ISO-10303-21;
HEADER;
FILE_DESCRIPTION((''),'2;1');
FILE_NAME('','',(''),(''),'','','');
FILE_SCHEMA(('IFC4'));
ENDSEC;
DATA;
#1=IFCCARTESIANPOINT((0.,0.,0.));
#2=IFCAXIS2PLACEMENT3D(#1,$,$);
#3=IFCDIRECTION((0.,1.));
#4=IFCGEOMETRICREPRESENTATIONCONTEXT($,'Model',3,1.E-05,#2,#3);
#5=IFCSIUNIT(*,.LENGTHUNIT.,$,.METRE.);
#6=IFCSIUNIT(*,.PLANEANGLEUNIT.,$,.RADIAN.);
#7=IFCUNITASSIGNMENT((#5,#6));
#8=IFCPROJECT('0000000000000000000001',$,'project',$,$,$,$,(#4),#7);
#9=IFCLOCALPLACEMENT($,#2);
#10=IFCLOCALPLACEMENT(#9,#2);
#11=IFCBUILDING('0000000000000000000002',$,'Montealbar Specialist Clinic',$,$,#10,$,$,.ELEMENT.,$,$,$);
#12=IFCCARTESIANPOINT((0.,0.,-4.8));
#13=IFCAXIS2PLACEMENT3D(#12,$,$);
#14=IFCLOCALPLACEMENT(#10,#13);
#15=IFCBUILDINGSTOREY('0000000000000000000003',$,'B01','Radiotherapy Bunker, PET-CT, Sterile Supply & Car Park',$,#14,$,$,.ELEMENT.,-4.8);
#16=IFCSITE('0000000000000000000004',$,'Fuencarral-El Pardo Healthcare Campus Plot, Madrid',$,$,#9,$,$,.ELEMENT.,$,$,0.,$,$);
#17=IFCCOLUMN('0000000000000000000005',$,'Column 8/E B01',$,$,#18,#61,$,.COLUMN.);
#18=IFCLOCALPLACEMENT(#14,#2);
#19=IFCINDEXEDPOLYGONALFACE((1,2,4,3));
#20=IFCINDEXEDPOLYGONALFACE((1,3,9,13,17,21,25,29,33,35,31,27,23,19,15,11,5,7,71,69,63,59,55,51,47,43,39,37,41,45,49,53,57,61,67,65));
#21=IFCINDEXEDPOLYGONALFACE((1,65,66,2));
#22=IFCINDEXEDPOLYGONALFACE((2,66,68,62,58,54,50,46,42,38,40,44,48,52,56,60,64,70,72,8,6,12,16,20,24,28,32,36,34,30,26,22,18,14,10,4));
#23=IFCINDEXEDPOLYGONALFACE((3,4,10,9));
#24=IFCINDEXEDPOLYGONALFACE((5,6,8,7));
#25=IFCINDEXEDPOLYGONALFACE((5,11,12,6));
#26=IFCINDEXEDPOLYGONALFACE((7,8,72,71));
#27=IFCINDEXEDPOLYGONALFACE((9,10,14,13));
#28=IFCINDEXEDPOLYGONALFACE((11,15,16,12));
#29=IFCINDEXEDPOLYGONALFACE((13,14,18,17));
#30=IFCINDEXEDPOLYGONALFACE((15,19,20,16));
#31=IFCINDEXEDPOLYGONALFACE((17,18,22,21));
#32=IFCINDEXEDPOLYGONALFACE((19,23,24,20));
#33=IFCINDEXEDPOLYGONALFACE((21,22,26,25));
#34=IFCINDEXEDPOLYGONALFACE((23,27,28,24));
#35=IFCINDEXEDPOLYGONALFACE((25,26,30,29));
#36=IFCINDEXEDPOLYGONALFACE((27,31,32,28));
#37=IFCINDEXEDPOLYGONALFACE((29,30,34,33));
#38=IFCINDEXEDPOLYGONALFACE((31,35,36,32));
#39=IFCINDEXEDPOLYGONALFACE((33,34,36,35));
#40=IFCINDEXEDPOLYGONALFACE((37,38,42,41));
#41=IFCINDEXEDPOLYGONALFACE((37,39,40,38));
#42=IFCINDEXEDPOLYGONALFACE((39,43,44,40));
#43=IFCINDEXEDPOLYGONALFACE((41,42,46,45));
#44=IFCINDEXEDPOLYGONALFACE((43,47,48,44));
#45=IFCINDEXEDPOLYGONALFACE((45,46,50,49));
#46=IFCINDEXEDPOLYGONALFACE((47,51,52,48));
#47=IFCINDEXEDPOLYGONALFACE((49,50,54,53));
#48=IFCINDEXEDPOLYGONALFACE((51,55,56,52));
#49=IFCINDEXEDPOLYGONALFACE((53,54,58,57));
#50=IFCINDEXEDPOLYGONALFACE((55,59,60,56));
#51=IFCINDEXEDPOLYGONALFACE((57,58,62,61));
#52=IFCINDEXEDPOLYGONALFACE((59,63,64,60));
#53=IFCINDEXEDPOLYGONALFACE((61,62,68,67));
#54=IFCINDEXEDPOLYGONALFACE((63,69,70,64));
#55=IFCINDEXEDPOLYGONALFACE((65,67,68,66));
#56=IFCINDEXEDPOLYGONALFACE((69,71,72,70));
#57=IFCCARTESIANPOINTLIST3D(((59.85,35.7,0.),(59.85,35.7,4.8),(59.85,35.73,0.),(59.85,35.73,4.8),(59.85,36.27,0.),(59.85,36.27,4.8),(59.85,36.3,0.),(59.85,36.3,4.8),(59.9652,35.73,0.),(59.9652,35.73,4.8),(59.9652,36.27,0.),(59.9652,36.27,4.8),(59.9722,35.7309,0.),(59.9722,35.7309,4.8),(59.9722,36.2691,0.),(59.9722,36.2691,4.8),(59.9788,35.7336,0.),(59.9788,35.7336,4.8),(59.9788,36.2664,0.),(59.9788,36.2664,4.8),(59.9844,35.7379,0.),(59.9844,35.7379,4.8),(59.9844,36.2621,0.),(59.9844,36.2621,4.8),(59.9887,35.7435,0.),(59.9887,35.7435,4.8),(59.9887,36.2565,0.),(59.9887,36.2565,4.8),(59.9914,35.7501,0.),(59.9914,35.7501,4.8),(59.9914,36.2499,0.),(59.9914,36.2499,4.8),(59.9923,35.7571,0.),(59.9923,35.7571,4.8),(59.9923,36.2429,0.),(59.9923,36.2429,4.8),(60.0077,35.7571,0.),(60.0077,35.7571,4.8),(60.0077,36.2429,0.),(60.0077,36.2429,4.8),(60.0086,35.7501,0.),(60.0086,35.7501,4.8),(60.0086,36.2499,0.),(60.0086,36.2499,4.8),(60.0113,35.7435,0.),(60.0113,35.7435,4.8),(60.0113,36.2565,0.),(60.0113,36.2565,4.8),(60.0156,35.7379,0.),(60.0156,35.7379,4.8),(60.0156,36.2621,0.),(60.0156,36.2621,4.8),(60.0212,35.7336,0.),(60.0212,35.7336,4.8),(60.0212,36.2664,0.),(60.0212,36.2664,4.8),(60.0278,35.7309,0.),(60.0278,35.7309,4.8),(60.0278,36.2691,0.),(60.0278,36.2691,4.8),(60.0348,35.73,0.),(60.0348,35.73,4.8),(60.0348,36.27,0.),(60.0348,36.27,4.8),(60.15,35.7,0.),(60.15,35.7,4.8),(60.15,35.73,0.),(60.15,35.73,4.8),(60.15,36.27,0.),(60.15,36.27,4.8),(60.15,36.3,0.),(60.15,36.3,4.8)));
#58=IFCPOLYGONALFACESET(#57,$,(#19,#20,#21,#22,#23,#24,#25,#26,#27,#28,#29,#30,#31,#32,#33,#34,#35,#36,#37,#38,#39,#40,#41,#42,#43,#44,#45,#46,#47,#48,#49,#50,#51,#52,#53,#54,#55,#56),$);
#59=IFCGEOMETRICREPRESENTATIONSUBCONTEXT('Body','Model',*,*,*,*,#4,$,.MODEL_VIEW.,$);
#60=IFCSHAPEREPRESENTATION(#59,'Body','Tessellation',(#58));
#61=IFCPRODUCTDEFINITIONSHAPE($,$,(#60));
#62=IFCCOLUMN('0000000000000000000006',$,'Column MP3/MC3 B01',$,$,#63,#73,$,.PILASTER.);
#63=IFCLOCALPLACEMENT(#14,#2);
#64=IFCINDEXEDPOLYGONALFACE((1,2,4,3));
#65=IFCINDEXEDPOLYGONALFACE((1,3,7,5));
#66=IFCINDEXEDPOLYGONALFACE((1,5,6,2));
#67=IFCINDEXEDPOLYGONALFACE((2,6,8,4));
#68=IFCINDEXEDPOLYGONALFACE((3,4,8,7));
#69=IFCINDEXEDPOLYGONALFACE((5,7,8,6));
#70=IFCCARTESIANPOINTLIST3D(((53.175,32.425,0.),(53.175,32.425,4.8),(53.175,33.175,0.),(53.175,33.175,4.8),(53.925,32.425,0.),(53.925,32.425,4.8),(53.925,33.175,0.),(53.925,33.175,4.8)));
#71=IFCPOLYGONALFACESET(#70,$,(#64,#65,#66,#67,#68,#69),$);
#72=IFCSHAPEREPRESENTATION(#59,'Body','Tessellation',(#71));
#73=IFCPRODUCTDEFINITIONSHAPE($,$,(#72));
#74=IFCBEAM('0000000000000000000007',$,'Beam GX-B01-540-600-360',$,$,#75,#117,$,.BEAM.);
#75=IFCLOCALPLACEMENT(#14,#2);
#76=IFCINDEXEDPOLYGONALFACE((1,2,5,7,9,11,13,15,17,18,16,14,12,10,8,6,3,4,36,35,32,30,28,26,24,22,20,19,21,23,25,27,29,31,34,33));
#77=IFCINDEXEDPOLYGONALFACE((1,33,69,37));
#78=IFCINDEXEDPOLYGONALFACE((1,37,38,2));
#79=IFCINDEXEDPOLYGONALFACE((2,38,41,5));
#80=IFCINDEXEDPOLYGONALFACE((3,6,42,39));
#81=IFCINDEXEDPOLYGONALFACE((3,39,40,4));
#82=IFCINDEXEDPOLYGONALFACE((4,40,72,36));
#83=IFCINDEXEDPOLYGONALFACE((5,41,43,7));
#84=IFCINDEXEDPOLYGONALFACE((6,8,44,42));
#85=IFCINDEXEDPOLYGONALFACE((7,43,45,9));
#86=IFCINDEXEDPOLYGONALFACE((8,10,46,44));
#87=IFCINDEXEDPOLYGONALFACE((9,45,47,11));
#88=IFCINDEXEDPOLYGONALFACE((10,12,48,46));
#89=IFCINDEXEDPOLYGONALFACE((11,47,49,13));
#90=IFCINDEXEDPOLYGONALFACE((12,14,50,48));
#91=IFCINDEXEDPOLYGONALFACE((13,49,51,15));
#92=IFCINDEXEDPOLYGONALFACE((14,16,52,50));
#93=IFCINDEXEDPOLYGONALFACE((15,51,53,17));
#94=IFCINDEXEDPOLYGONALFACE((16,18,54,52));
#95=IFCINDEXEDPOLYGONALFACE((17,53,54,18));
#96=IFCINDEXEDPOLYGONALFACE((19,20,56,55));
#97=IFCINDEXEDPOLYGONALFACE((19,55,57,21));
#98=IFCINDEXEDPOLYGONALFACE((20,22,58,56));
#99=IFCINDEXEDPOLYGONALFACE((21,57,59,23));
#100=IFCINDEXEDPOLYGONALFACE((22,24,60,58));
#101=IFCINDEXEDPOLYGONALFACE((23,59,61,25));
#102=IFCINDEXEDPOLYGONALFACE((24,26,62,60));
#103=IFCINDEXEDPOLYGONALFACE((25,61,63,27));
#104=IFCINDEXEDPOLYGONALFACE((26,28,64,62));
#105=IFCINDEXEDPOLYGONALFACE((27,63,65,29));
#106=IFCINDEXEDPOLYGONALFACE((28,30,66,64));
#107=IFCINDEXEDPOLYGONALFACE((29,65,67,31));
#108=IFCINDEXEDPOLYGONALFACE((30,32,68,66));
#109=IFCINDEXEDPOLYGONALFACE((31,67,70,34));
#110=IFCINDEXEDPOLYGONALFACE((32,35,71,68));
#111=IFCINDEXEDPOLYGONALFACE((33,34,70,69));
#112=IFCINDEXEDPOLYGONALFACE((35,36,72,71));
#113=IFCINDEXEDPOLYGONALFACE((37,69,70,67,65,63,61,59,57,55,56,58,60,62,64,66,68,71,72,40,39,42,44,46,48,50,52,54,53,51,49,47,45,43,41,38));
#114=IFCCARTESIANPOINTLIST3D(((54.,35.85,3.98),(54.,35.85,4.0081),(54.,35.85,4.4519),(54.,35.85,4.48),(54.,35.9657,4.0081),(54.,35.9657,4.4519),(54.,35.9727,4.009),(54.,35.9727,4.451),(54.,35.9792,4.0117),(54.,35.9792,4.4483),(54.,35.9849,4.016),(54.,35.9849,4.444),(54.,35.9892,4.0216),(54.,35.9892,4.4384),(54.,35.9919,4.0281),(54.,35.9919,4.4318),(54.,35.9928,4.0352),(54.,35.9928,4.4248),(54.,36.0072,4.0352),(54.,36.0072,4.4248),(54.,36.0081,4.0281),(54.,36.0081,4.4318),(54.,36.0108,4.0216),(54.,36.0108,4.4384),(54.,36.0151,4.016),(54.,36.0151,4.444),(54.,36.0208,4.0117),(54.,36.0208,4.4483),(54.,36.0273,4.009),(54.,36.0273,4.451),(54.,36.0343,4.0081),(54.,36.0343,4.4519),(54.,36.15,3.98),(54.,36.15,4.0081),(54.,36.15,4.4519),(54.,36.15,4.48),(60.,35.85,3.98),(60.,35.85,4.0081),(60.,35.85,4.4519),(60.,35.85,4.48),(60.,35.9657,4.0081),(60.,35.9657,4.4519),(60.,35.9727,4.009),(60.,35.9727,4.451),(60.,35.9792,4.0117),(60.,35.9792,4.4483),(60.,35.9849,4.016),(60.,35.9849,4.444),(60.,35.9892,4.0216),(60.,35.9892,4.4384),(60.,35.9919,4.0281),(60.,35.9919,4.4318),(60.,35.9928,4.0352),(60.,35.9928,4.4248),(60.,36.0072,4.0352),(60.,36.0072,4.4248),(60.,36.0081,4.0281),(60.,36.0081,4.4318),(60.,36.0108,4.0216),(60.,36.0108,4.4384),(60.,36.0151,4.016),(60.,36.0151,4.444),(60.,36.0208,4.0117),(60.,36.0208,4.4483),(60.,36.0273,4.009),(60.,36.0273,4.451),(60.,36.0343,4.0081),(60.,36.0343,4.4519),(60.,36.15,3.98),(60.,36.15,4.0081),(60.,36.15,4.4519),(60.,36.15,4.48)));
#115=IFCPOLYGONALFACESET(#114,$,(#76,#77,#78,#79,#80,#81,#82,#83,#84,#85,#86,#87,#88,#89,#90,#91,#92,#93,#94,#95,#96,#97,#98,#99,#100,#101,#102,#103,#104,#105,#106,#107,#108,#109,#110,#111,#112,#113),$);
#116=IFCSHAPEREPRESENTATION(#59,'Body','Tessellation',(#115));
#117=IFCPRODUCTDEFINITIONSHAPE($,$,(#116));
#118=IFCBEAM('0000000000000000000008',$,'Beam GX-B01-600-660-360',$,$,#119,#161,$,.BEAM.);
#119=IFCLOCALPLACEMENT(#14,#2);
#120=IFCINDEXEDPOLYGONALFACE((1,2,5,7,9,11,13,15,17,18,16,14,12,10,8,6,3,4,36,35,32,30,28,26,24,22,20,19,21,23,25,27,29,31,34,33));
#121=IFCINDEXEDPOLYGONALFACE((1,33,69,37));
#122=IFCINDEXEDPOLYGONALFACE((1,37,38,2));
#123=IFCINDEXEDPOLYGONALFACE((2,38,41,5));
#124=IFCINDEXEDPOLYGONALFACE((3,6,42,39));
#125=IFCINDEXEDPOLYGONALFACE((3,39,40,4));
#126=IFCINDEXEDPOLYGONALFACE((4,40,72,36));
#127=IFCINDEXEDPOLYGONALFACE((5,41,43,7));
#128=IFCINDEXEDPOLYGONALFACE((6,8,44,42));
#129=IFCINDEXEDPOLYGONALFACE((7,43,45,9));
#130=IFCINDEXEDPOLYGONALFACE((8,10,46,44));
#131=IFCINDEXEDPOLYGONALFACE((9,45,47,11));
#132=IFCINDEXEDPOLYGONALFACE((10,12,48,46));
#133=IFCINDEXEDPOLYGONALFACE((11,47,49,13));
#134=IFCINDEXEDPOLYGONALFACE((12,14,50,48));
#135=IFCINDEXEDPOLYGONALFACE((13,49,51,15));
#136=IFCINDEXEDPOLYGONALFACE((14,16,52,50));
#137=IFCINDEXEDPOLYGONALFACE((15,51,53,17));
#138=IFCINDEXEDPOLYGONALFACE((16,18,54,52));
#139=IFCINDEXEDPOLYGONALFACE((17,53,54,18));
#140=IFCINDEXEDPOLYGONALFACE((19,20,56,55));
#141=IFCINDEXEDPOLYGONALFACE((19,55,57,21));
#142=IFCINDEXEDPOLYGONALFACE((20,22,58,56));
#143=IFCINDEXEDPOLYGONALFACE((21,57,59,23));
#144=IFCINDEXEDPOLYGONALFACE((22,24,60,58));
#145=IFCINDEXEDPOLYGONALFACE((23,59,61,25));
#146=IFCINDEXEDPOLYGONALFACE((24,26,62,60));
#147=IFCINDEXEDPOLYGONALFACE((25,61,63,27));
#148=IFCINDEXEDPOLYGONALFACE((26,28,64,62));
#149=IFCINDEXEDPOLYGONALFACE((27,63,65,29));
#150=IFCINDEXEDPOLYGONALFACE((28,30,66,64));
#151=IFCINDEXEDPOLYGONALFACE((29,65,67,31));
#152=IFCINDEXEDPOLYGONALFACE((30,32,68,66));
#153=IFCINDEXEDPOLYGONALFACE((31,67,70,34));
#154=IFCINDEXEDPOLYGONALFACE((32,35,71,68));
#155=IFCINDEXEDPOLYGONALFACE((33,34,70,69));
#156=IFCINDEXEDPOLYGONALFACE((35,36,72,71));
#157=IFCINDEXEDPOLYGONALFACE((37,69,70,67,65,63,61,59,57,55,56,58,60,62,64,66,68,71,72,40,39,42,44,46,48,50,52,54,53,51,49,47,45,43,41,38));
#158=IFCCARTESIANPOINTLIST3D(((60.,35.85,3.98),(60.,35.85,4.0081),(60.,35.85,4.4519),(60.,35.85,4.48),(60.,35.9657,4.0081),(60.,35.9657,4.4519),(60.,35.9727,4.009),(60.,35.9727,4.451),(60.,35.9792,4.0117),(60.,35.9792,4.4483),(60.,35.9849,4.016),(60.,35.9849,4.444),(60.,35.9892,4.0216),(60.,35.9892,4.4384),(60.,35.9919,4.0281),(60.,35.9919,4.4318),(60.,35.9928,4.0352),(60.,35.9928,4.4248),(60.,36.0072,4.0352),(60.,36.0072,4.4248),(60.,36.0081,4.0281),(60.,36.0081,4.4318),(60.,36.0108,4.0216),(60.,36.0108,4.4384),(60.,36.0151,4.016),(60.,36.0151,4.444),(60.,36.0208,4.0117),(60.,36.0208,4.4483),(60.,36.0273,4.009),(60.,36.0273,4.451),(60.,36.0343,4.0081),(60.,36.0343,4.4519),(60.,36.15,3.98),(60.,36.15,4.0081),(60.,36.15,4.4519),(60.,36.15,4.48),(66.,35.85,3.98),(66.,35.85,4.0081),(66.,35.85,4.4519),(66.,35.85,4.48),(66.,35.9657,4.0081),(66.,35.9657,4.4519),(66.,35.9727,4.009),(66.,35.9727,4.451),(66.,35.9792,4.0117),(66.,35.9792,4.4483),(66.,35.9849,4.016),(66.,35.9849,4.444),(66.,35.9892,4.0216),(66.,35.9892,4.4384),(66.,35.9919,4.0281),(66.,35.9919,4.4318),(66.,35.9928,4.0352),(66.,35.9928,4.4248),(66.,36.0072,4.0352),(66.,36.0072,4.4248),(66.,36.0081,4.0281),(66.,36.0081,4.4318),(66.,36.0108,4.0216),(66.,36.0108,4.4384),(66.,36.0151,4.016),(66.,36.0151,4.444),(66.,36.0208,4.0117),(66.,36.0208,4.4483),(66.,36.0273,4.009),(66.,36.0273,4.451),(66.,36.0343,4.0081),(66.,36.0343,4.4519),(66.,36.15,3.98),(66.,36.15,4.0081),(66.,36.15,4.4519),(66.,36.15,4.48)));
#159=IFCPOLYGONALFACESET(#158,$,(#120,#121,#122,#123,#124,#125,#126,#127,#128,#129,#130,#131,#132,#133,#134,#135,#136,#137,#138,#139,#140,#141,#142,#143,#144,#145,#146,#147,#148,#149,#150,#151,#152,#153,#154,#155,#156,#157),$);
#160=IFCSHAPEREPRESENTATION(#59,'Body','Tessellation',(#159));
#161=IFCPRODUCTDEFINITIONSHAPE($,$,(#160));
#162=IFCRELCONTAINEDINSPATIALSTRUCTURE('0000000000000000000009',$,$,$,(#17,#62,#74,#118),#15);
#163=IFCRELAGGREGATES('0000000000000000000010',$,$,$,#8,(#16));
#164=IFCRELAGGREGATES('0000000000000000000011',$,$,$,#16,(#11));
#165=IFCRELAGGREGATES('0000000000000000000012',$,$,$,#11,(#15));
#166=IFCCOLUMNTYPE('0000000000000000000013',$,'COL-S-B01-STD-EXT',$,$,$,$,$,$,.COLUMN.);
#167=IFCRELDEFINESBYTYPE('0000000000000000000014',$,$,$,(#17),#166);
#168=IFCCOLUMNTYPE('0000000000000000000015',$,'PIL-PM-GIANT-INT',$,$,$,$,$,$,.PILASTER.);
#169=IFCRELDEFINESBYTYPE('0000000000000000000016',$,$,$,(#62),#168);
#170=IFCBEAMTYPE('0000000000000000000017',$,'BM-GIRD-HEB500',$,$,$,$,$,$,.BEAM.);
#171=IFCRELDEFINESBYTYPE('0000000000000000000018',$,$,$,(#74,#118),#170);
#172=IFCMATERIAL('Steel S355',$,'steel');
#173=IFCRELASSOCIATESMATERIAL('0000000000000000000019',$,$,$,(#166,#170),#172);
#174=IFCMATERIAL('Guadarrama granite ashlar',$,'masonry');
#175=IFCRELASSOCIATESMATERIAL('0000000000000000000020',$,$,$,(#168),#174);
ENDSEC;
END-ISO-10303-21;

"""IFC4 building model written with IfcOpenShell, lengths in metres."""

from ifc_helpers import new_model, si_unit, direction, frame, origin, origin_2d, place, context, subcontext, project, spatial, rectangle, i_section, extrude, material, material_profile, profile_set, type_object, element, save


model = new_model("IFC4")

# Units and contexts
model_context = context("Model", 3, precision=1e-05, world=origin(), true_north=direction((0.0, 1.0)))
body_context = subcontext(model_context, "Body", "Model", "MODEL_VIEW")
ifc_project = project(units=[si_unit("LENGTHUNIT", "METRE"), si_unit("PLANEANGLEUNIT", "RADIAN")], contexts=[model_context])

# Site, building, storey
site_placement = place(None, origin())
site = spatial("IfcSite", under=ifc_project, at=site_placement, Name="Fuencarral-El Pardo Healthcare Campus Plot, Madrid", CompositionType="ELEMENT", RefElevation=0.0)
building_placement = place(site_placement, origin())
building = spatial("IfcBuilding", under=site, at=building_placement, Name="Montealbar Specialist Clinic", CompositionType="ELEMENT")
storey_placement = place(building_placement, frame((0.0, 0.0, -4.8)))
storey = spatial("IfcBuildingStorey", under=building, at=storey_placement, Name="B01", Description="Radiotherapy Bunker, PET-CT, Sterile Supply & Car Park", CompositionType="ELEMENT", Elevation=-4.8)

# Columns
ifc_material_1 = material(Name="Steel S355", Category="steel")
ifc_material_profile_1 = material_profile(ifc_material_1, i_section(OverallWidth=0.3, OverallDepth=0.6001, WebThickness=0.0154, FlangeThickness=0.03, FilletRadius=0.0271, at=origin_2d()), Name="HEB 600", Category="steel")
ifc_profile_set_1 = profile_set([ifc_material_profile_1], Name="Steel S355")
column_type_1 = type_object("IfcColumnType", Name="COL-S-B01-STD-EXT", PredefinedType="COLUMN", material=ifc_profile_set_1)
for number, where, z_axis, x_axis, name in (
    (1, (60.0, 36.0, 0.0), (0.0, 0.0, 1.0), (1.0, 0.0, 0.0), "Column 8/E B01"),
):
    element("IfcColumn", number, at=place(storey_placement, frame(where, z_axis=z_axis, x_axis=x_axis)), inside=storey, type_object=column_type_1, Name=name, PredefinedType="COLUMN", context=body_context, shape_type="SweptSolid", body=[
        extrude(i_section(OverallWidth=0.3, OverallDepth=0.6001, WebThickness=0.0154, FlangeThickness=0.03, FilletRadius=0.0271, at=origin_2d()), origin(), (0.0, 0.0, 1.0), 4.8),
    ])
ifc_material_2 = material(Name="Guadarrama granite ashlar", Category="masonry")
ifc_material_profile_2 = material_profile(ifc_material_2, rectangle(XDim=0.75, YDim=0.75, at=origin_2d()), Name="GRANITE PILASTER 750x750", Category="masonry")
ifc_profile_set_2 = profile_set([ifc_material_profile_2], Name="Guadarrama granite ashlar")
column_type_2 = type_object("IfcColumnType", Name="PIL-PM-GIANT-INT", PredefinedType="PILASTER", material=ifc_profile_set_2)
column_placement = place(storey_placement, frame((53.55, 32.8, 0.0), z_axis=(0.0, 0.0, 1.0), x_axis=(1.0, 0.0, 0.0)))
element("IfcColumn", 2, at=column_placement, inside=storey, type_object=column_type_2, Name="Column MP3/MC3 B01", PredefinedType="PILASTER", context=body_context, shape_type="SweptSolid", body=[
    extrude(rectangle(XDim=0.75, YDim=0.75, at=origin_2d()), origin(), (0.0, 0.0, 1.0), 4.8),
])

# Beams
ifc_material_profile_3 = material_profile(ifc_material_1, i_section(OverallWidth=0.3, OverallDepth=0.5, WebThickness=0.0144, FlangeThickness=0.0281, FilletRadius=0.0271, at=origin_2d()), Name="HEB 500", Category="steel")
ifc_profile_set_3 = profile_set([ifc_material_profile_3], Name="Steel S355")
beam_type_1 = type_object("IfcBeamType", Name="BM-GIRD-HEB500", PredefinedType="BEAM", material=ifc_profile_set_3)
for number, where, z_axis, x_axis, name in (
    (3, (54.0, 36.0, 4.23), (1.0, 0.0, 0.0), (0.0, 1.0, 0.0), "Beam GX-B01-540-600-360"),
    (4, (60.0, 36.0, 4.23), (1.0, 0.0, 0.0), (0.0, 1.0, 0.0), "Beam GX-B01-600-660-360"),
):
    element("IfcBeam", number, at=place(storey_placement, frame(where, z_axis=z_axis, x_axis=x_axis)), inside=storey, type_object=beam_type_1, Name=name, PredefinedType="BEAM", context=body_context, shape_type="SweptSolid", body=[
        extrude(i_section(OverallWidth=0.3, OverallDepth=0.5, WebThickness=0.0144, FlangeThickness=0.0281, FilletRadius=0.0271, at=origin_2d()), origin(), (0.0, 0.0, 1.0), 6.0),
    ])

save(model, "model.ifc")
